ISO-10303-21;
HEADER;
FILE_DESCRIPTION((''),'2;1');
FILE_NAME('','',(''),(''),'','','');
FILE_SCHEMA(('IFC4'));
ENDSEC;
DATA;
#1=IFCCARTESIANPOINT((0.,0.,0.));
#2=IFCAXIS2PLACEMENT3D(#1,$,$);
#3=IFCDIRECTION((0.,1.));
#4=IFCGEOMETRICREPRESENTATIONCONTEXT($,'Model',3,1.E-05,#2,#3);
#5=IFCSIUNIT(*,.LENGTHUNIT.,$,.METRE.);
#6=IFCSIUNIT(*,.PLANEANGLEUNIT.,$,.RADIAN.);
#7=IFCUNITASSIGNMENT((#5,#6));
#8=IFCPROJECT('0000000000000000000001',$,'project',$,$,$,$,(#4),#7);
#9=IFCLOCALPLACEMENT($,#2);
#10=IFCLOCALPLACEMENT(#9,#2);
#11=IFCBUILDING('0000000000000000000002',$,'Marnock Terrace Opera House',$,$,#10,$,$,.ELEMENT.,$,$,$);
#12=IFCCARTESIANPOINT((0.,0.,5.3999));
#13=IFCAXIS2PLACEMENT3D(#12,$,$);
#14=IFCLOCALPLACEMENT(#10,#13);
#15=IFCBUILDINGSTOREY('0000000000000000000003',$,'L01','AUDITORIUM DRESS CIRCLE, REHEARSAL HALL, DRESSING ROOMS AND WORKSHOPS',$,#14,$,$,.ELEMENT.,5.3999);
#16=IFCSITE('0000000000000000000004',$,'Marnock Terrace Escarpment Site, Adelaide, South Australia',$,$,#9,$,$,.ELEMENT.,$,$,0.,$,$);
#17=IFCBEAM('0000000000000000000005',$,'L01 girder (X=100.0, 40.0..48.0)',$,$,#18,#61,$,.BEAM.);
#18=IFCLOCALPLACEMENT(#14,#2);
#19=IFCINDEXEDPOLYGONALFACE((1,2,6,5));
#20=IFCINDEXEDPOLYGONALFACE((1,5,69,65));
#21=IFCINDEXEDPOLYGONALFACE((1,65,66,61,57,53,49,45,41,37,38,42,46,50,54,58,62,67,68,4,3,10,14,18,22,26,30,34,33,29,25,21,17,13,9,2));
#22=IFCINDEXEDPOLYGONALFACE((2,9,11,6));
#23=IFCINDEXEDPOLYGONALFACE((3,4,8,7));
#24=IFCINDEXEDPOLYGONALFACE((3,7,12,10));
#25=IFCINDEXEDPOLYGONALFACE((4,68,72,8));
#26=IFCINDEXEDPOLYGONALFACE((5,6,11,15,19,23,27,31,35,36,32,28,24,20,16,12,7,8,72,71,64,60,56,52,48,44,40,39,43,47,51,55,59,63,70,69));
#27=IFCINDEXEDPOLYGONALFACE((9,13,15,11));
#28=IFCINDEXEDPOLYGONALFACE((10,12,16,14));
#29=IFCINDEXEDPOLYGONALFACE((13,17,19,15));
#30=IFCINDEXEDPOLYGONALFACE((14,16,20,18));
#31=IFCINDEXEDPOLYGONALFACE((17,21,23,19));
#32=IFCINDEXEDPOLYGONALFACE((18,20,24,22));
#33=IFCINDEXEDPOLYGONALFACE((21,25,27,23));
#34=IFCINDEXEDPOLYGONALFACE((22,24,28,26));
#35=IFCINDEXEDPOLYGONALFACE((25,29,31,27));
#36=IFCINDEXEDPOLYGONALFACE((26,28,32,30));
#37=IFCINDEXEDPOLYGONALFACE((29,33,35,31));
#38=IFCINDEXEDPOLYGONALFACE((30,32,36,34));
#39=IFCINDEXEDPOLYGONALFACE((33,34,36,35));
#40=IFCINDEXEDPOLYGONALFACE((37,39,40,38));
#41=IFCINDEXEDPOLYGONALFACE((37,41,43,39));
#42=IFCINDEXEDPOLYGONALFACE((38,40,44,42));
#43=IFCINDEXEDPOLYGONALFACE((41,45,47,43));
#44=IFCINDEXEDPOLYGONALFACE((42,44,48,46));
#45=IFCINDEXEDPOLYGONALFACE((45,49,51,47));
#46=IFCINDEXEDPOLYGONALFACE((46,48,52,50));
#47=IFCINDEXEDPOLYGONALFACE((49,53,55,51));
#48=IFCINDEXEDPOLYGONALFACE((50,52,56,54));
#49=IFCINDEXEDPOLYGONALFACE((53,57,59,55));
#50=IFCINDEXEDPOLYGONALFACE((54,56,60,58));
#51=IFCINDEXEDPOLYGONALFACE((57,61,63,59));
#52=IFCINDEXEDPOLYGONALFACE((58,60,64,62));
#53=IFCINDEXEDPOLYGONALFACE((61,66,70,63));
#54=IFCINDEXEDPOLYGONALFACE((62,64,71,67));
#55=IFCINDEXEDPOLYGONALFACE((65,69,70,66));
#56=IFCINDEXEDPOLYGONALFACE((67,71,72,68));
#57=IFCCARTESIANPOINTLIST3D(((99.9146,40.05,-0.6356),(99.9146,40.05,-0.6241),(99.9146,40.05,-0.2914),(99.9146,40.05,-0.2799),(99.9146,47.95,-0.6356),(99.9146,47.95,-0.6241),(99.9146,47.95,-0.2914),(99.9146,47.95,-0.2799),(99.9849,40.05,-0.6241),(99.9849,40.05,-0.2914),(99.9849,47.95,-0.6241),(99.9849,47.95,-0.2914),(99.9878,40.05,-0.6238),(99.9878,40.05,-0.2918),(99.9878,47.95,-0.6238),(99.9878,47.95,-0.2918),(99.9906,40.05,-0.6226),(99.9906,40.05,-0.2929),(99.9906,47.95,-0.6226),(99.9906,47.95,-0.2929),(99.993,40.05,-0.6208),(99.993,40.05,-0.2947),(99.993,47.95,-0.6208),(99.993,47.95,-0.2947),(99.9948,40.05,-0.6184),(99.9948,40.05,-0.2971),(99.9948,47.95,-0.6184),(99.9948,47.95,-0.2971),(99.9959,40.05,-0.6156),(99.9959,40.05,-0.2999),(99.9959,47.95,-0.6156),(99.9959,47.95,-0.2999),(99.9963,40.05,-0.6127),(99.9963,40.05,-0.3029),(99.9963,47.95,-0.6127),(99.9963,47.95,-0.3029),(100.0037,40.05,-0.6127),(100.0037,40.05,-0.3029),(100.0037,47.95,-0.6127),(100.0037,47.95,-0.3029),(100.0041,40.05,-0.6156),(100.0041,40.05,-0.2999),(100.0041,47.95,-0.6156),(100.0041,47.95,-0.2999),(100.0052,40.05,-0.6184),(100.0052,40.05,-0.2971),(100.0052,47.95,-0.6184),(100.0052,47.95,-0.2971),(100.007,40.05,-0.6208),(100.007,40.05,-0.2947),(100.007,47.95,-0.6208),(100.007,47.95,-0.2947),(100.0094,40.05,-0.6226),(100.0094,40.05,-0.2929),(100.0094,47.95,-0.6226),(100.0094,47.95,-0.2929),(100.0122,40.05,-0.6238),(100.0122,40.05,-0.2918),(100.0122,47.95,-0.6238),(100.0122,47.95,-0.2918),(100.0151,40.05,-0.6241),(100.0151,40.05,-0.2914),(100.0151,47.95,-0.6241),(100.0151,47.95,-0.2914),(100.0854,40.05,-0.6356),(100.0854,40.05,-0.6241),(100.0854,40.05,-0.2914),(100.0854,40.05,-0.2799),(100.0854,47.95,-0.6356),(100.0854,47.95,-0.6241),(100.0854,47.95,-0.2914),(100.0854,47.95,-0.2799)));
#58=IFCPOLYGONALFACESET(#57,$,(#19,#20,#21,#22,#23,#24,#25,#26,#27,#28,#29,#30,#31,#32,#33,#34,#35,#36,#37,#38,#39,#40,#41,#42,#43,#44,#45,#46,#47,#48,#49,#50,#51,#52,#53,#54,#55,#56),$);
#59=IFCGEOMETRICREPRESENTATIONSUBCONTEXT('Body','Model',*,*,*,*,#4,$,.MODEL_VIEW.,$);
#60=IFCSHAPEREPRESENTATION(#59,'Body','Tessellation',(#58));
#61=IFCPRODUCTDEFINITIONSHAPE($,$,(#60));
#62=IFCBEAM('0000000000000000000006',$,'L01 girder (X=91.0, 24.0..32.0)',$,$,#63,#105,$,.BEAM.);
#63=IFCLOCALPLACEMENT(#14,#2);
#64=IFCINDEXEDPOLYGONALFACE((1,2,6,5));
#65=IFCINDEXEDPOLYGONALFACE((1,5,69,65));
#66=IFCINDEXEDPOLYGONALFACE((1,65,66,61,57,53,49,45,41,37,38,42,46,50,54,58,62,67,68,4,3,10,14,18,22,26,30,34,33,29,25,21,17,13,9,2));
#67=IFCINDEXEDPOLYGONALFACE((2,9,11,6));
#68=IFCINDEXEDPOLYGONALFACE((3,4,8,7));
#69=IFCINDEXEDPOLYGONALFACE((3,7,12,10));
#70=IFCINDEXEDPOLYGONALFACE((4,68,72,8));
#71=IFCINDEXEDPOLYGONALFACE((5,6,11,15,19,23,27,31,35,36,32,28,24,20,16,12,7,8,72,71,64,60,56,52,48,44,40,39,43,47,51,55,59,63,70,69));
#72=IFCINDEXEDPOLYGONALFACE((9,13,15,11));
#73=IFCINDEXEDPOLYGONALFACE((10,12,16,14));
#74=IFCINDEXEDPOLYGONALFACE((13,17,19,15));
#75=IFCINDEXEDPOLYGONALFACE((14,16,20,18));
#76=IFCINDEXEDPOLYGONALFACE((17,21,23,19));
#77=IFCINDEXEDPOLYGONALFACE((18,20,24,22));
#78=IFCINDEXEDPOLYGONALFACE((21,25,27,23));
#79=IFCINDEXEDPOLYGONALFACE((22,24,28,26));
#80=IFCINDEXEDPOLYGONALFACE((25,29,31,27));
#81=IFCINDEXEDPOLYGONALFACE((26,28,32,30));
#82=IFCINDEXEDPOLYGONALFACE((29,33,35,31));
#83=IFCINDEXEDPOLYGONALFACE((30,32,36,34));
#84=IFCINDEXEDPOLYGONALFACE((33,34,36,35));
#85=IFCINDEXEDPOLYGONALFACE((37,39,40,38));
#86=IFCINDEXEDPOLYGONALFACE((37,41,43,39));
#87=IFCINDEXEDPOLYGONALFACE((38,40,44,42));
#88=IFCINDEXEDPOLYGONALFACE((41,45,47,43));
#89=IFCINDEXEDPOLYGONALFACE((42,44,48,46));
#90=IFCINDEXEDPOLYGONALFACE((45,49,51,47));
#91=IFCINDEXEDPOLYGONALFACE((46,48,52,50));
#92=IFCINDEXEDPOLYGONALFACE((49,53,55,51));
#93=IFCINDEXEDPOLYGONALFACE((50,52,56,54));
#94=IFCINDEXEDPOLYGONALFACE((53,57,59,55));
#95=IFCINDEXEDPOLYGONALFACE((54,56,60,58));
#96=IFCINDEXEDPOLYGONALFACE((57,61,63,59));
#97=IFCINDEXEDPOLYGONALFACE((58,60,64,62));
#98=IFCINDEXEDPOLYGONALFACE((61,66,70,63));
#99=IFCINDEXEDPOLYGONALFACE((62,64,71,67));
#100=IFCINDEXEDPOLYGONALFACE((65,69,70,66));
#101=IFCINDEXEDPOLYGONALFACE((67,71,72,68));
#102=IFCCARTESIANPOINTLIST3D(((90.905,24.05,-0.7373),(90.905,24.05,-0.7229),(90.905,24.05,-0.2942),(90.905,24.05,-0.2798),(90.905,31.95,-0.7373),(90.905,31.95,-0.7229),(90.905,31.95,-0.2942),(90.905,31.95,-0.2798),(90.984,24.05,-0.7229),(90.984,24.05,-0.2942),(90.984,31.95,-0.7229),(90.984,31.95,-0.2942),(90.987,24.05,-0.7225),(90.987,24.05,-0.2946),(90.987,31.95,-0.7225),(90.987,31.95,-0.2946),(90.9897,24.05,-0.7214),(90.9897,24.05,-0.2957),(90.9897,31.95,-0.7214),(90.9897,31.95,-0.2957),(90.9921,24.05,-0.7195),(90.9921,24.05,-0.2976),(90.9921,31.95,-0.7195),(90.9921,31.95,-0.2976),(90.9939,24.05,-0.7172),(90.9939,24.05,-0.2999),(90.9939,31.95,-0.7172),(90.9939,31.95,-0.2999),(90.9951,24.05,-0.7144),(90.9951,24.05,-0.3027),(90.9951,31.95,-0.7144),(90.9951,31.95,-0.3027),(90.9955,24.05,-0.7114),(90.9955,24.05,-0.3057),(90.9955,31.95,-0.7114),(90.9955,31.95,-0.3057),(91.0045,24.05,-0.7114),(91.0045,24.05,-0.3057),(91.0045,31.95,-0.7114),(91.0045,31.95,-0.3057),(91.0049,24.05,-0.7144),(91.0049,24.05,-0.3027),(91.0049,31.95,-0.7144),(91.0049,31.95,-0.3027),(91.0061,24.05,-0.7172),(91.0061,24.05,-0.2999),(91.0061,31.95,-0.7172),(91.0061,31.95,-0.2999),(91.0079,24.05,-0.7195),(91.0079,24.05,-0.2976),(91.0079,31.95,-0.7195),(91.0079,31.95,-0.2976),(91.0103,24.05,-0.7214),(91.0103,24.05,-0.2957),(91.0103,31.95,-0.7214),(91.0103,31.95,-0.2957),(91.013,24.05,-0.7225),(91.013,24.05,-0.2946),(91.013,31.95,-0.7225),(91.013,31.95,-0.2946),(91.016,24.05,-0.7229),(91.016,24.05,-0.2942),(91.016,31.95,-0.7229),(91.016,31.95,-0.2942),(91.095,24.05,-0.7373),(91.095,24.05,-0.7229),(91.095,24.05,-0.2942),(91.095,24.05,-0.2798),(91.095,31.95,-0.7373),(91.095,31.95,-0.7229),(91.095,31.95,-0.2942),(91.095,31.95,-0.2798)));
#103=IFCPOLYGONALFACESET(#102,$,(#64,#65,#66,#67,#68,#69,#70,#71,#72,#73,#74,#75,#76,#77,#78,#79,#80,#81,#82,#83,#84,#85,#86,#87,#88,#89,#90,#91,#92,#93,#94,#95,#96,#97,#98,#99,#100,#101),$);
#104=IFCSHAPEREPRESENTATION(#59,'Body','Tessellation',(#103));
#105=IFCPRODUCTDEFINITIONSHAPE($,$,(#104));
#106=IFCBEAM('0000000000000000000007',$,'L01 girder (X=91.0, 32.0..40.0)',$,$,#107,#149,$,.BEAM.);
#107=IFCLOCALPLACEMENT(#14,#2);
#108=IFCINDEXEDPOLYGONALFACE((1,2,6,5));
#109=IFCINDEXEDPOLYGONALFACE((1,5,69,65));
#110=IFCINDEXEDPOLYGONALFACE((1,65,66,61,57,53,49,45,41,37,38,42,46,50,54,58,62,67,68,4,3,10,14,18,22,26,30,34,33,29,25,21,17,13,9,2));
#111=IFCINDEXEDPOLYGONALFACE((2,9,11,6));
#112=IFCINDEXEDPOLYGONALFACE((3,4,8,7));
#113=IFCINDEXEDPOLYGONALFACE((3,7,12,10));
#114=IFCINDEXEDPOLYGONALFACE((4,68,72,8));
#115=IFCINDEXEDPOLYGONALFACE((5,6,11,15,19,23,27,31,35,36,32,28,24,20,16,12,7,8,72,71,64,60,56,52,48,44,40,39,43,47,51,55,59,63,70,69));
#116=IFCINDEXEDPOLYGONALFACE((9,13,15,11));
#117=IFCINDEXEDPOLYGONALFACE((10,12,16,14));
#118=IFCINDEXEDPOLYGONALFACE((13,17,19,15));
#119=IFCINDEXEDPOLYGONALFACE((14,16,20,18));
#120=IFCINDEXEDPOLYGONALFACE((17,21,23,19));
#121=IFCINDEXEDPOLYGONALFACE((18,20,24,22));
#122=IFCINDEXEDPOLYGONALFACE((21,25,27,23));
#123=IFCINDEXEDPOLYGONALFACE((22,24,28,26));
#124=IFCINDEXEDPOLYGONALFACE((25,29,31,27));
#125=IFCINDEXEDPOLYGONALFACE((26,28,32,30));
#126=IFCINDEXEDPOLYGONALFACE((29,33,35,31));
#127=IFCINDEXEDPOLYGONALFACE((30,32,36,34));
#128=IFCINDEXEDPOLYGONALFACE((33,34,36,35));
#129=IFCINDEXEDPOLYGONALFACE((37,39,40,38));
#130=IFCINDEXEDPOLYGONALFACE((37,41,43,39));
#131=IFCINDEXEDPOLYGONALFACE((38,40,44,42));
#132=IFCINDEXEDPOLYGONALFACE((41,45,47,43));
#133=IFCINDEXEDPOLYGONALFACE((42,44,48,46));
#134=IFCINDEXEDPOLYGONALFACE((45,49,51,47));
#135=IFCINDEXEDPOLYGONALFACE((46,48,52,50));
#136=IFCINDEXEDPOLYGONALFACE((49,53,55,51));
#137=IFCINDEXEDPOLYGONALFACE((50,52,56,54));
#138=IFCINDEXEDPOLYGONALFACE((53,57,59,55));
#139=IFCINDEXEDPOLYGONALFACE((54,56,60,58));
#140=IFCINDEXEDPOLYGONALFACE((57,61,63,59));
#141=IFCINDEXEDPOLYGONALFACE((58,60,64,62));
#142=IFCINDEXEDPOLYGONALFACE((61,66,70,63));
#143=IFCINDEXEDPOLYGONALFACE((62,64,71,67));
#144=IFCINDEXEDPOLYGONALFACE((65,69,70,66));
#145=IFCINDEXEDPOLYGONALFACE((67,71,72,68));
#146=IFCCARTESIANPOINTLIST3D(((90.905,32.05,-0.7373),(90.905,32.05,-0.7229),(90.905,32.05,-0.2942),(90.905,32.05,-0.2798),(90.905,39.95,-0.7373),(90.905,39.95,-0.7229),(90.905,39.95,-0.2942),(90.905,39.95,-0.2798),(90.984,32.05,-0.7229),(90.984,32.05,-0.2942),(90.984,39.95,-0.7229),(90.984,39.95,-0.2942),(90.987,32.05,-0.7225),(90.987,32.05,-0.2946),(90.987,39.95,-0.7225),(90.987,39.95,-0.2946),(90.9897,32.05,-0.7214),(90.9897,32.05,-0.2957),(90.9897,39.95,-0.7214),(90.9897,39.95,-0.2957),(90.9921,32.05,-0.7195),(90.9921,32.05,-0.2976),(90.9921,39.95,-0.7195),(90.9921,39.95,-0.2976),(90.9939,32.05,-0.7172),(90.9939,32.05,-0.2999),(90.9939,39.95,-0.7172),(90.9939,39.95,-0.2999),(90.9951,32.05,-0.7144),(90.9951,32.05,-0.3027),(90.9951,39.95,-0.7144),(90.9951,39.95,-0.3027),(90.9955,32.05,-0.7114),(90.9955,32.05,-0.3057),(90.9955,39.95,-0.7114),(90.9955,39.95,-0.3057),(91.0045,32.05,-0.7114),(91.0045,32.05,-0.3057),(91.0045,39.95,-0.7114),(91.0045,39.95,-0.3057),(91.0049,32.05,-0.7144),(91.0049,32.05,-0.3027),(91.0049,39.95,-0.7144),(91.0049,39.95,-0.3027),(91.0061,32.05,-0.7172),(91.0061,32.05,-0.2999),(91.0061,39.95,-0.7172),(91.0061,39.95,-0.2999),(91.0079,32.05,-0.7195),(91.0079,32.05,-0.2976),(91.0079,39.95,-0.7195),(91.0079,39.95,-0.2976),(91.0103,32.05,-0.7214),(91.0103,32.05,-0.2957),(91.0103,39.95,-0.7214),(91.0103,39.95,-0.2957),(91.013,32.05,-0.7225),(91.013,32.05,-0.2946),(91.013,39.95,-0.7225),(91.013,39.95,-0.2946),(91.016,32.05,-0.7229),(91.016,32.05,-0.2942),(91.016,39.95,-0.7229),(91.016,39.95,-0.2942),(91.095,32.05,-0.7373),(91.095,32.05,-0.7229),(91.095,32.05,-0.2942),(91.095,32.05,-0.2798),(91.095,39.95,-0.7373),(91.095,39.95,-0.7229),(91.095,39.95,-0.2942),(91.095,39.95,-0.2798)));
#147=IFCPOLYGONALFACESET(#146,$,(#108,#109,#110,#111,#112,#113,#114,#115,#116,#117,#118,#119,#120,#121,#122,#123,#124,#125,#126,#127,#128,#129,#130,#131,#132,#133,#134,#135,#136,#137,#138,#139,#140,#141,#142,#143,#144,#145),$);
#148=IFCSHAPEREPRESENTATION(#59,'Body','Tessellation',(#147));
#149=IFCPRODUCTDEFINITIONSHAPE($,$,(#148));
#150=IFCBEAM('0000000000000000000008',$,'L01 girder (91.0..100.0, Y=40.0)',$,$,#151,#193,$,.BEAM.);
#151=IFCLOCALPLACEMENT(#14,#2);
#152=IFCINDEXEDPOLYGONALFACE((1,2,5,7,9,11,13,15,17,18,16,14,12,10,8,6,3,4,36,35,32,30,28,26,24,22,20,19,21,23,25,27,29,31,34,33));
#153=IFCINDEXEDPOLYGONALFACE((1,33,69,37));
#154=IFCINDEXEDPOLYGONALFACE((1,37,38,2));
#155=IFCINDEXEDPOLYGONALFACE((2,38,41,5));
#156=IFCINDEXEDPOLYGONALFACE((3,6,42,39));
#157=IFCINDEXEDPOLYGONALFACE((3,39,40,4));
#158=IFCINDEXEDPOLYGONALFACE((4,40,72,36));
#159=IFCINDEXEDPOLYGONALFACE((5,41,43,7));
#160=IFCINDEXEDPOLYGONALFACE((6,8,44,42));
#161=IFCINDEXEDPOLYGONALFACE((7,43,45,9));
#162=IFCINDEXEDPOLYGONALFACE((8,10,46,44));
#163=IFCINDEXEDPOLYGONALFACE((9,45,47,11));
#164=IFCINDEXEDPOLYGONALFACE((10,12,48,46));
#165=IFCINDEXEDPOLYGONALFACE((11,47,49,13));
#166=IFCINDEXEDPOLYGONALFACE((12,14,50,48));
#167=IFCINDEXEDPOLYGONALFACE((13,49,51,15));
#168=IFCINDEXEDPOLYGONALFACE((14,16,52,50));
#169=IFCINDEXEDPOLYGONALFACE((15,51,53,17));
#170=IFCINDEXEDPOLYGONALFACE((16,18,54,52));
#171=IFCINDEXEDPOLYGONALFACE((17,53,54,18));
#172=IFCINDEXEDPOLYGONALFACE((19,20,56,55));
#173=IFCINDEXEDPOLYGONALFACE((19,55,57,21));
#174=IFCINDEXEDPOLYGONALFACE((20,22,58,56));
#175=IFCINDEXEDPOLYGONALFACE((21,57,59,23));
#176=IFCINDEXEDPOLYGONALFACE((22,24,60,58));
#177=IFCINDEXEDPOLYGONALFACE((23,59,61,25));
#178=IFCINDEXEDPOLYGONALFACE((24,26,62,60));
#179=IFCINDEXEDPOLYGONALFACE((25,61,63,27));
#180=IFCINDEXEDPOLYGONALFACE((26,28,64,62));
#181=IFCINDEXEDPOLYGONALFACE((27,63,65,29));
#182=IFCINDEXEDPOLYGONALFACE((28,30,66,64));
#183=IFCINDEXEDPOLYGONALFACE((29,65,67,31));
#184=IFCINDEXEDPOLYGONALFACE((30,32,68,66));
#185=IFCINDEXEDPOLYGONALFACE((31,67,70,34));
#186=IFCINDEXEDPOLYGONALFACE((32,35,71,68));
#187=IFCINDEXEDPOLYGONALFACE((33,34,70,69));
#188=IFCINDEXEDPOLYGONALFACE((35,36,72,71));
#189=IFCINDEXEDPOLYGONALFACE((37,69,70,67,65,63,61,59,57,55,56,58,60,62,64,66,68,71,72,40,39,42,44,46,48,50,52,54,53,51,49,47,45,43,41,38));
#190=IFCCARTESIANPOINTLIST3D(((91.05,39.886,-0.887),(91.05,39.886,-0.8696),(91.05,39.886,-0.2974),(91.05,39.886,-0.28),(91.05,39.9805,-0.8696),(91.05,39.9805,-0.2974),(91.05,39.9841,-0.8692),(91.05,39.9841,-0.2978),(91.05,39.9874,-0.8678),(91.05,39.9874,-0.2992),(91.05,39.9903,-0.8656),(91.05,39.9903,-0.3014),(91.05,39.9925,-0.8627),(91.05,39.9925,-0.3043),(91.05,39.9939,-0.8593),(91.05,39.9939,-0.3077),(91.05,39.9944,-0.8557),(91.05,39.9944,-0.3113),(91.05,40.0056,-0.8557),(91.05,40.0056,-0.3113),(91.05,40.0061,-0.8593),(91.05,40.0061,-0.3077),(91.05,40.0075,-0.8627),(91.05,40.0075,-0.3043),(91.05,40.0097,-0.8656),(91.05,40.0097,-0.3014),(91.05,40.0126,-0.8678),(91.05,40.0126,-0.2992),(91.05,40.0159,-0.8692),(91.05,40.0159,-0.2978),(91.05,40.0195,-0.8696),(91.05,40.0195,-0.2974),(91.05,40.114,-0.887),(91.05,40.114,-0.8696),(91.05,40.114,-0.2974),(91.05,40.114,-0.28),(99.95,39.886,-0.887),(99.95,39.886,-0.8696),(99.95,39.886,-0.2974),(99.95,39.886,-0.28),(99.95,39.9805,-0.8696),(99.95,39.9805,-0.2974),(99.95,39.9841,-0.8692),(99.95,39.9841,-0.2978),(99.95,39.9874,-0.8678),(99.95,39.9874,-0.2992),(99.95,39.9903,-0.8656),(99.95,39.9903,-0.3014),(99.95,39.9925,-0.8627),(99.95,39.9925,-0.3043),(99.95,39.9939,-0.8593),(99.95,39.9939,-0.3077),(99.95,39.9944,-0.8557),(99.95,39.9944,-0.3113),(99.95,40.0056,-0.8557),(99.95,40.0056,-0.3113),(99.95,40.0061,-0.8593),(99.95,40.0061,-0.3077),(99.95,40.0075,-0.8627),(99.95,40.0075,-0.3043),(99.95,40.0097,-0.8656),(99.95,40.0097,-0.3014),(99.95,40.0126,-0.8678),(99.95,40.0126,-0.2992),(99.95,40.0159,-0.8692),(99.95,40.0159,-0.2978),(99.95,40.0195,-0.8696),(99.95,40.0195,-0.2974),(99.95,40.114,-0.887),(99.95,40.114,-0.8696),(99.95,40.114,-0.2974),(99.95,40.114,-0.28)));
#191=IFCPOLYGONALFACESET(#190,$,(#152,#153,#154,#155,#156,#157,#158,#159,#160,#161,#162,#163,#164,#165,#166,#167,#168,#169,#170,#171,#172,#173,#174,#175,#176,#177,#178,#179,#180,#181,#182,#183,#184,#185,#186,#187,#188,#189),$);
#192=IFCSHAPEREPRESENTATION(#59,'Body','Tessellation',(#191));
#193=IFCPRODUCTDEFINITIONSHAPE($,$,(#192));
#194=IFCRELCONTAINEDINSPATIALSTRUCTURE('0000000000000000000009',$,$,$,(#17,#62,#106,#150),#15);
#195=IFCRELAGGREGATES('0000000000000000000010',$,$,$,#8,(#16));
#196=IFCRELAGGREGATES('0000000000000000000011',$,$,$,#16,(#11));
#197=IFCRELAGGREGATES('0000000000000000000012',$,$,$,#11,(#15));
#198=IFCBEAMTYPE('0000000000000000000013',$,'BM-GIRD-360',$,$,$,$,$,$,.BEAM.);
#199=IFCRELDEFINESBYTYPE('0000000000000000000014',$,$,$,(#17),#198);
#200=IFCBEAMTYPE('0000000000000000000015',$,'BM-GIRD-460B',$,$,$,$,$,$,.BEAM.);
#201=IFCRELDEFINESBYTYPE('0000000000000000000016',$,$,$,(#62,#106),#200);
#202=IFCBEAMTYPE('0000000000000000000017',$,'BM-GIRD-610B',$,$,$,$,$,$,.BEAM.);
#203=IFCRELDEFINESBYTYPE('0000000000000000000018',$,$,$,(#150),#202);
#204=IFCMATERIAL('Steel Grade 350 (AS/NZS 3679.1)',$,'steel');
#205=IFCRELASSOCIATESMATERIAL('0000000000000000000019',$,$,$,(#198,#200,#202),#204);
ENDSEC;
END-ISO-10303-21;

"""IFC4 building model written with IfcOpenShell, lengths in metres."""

from ifc_helpers import new_model, si_unit, direction, frame, origin, origin_2d, place, context, subcontext, project, spatial, i_section, extrude, material, material_profile, profile_set, type_object, element, save


model = new_model("IFC4")

# Units and contexts
model_context = context("Model", 3, precision=1e-05, world=origin(), true_north=direction((0.0, 1.0)))
body_context = subcontext(model_context, "Body", "Model", "MODEL_VIEW")
ifc_project = project(units=[si_unit("LENGTHUNIT", "METRE"), si_unit("PLANEANGLEUNIT", "RADIAN")], contexts=[model_context])

# Site, building, storey
site_placement = place(None, origin())
site = spatial("IfcSite", under=ifc_project, at=site_placement, Name="Marnock Terrace Escarpment Site, Adelaide, South Australia", CompositionType="ELEMENT", RefElevation=0.0)
building_placement = place(site_placement, origin())
building = spatial("IfcBuilding", under=site, at=building_placement, Name="Marnock Terrace Opera House", CompositionType="ELEMENT")
storey_placement = place(building_placement, frame((0.0, 0.0, 5.3999)))
storey = spatial("IfcBuildingStorey", under=building, at=storey_placement, Name="L01", Description="AUDITORIUM DRESS CIRCLE, REHEARSAL HALL, DRESSING ROOMS AND WORKSHOPS", CompositionType="ELEMENT", Elevation=5.3999)

# Beams
ifc_material_1 = material(Name="Steel Grade 350 (AS/NZS 3679.1)", Category="steel")
ifc_material_profile_1 = material_profile(ifc_material_1, i_section(OverallWidth=0.1709, OverallDepth=0.3557, WebThickness=0.0073, FlangeThickness=0.0115, FilletRadius=0.0115, at=origin_2d()))
ifc_profile_set_1 = profile_set([ifc_material_profile_1], Name="Steel Grade 350 (AS/NZS 3679.1)")
beam_type_1 = type_object("IfcBeamType", Name="BM-GIRD-360", PredefinedType="BEAM", material=ifc_profile_set_1)
beam_1_placement = place(storey_placement, frame((100.0, 40.05, -0.4578), z_axis=(0.0, 1.0, 0.0), x_axis=(-1.0, 0.0, 0.0)))
element("IfcBeam", 1, at=beam_1_placement, inside=storey, type_object=beam_type_1, Name="L01 girder (X=100.0, 40.0..48.0)", PredefinedType="BEAM", context=body_context, shape_type="SweptSolid", body=[
    extrude(i_section(OverallWidth=0.1709, OverallDepth=0.3557, WebThickness=0.0073, FlangeThickness=0.0115, FilletRadius=0.0115, at=origin_2d()), origin(), (0.0, 0.0, 1.0), 7.8999),
])
ifc_material_profile_2 = material_profile(ifc_material_1, i_section(OverallWidth=0.1899, OverallDepth=0.4575, WebThickness=0.009, FlangeThickness=0.0144, FilletRadius=0.0115, at=origin_2d()))
ifc_profile_set_2 = profile_set([ifc_material_profile_2], Name="Steel Grade 350 (AS/NZS 3679.1)")
beam_type_2 = type_object("IfcBeamType", Name="BM-GIRD-460B", PredefinedType="BEAM", material=ifc_profile_set_2)
for number, where, z_axis, x_axis, name in (
    (2, (91.0, 24.05, -0.5085), (0.0, 1.0, 0.0), (-1.0, 0.0, 0.0), "L01 girder (X=91.0, 24.0..32.0)"),
    (3, (91.0, 32.05, -0.5085), (0.0, 1.0, 0.0), (-1.0, 0.0, 0.0), "L01 girder (X=91.0, 32.0..40.0)"),
):
    element("IfcBeam", number, at=place(storey_placement, frame(where, z_axis=z_axis, x_axis=x_axis)), inside=storey, type_object=beam_type_2, Name=name, PredefinedType="BEAM", context=body_context, shape_type="SweptSolid", body=[
        extrude(i_section(OverallWidth=0.1899, OverallDepth=0.4575, WebThickness=0.009, FlangeThickness=0.0144, FilletRadius=0.0115, at=origin_2d()), origin(), (0.0, 0.0, 1.0), 7.8999),
    ])
ifc_material_profile_3 = material_profile(ifc_material_1, i_section(OverallWidth=0.228, OverallDepth=0.6069, WebThickness=0.0112, FlangeThickness=0.0173, FilletRadius=0.0139, at=origin_2d()))
ifc_profile_set_3 = profile_set([ifc_material_profile_3], Name="Steel Grade 350 (AS/NZS 3679.1)")
beam_type_3 = type_object("IfcBeamType", Name="BM-GIRD-610B", PredefinedType="BEAM", material=ifc_profile_set_3)
beam_2_placement = place(storey_placement, frame((91.05, 40.0, -0.5835), z_axis=(1.0, 0.0, 0.0), x_axis=(0.0, 1.0, 0.0)))
element("IfcBeam", 4, at=beam_2_placement, inside=storey, type_object=beam_type_3, Name="L01 girder (91.0..100.0, Y=40.0)", PredefinedType="BEAM", context=body_context, shape_type="SweptSolid", body=[
    extrude(i_section(OverallWidth=0.228, OverallDepth=0.6069, WebThickness=0.0112, FlangeThickness=0.0173, FilletRadius=0.0139, at=origin_2d()), origin(), (0.0, 0.0, 1.0), 8.8999),
])

save(model, "model.ifc")
